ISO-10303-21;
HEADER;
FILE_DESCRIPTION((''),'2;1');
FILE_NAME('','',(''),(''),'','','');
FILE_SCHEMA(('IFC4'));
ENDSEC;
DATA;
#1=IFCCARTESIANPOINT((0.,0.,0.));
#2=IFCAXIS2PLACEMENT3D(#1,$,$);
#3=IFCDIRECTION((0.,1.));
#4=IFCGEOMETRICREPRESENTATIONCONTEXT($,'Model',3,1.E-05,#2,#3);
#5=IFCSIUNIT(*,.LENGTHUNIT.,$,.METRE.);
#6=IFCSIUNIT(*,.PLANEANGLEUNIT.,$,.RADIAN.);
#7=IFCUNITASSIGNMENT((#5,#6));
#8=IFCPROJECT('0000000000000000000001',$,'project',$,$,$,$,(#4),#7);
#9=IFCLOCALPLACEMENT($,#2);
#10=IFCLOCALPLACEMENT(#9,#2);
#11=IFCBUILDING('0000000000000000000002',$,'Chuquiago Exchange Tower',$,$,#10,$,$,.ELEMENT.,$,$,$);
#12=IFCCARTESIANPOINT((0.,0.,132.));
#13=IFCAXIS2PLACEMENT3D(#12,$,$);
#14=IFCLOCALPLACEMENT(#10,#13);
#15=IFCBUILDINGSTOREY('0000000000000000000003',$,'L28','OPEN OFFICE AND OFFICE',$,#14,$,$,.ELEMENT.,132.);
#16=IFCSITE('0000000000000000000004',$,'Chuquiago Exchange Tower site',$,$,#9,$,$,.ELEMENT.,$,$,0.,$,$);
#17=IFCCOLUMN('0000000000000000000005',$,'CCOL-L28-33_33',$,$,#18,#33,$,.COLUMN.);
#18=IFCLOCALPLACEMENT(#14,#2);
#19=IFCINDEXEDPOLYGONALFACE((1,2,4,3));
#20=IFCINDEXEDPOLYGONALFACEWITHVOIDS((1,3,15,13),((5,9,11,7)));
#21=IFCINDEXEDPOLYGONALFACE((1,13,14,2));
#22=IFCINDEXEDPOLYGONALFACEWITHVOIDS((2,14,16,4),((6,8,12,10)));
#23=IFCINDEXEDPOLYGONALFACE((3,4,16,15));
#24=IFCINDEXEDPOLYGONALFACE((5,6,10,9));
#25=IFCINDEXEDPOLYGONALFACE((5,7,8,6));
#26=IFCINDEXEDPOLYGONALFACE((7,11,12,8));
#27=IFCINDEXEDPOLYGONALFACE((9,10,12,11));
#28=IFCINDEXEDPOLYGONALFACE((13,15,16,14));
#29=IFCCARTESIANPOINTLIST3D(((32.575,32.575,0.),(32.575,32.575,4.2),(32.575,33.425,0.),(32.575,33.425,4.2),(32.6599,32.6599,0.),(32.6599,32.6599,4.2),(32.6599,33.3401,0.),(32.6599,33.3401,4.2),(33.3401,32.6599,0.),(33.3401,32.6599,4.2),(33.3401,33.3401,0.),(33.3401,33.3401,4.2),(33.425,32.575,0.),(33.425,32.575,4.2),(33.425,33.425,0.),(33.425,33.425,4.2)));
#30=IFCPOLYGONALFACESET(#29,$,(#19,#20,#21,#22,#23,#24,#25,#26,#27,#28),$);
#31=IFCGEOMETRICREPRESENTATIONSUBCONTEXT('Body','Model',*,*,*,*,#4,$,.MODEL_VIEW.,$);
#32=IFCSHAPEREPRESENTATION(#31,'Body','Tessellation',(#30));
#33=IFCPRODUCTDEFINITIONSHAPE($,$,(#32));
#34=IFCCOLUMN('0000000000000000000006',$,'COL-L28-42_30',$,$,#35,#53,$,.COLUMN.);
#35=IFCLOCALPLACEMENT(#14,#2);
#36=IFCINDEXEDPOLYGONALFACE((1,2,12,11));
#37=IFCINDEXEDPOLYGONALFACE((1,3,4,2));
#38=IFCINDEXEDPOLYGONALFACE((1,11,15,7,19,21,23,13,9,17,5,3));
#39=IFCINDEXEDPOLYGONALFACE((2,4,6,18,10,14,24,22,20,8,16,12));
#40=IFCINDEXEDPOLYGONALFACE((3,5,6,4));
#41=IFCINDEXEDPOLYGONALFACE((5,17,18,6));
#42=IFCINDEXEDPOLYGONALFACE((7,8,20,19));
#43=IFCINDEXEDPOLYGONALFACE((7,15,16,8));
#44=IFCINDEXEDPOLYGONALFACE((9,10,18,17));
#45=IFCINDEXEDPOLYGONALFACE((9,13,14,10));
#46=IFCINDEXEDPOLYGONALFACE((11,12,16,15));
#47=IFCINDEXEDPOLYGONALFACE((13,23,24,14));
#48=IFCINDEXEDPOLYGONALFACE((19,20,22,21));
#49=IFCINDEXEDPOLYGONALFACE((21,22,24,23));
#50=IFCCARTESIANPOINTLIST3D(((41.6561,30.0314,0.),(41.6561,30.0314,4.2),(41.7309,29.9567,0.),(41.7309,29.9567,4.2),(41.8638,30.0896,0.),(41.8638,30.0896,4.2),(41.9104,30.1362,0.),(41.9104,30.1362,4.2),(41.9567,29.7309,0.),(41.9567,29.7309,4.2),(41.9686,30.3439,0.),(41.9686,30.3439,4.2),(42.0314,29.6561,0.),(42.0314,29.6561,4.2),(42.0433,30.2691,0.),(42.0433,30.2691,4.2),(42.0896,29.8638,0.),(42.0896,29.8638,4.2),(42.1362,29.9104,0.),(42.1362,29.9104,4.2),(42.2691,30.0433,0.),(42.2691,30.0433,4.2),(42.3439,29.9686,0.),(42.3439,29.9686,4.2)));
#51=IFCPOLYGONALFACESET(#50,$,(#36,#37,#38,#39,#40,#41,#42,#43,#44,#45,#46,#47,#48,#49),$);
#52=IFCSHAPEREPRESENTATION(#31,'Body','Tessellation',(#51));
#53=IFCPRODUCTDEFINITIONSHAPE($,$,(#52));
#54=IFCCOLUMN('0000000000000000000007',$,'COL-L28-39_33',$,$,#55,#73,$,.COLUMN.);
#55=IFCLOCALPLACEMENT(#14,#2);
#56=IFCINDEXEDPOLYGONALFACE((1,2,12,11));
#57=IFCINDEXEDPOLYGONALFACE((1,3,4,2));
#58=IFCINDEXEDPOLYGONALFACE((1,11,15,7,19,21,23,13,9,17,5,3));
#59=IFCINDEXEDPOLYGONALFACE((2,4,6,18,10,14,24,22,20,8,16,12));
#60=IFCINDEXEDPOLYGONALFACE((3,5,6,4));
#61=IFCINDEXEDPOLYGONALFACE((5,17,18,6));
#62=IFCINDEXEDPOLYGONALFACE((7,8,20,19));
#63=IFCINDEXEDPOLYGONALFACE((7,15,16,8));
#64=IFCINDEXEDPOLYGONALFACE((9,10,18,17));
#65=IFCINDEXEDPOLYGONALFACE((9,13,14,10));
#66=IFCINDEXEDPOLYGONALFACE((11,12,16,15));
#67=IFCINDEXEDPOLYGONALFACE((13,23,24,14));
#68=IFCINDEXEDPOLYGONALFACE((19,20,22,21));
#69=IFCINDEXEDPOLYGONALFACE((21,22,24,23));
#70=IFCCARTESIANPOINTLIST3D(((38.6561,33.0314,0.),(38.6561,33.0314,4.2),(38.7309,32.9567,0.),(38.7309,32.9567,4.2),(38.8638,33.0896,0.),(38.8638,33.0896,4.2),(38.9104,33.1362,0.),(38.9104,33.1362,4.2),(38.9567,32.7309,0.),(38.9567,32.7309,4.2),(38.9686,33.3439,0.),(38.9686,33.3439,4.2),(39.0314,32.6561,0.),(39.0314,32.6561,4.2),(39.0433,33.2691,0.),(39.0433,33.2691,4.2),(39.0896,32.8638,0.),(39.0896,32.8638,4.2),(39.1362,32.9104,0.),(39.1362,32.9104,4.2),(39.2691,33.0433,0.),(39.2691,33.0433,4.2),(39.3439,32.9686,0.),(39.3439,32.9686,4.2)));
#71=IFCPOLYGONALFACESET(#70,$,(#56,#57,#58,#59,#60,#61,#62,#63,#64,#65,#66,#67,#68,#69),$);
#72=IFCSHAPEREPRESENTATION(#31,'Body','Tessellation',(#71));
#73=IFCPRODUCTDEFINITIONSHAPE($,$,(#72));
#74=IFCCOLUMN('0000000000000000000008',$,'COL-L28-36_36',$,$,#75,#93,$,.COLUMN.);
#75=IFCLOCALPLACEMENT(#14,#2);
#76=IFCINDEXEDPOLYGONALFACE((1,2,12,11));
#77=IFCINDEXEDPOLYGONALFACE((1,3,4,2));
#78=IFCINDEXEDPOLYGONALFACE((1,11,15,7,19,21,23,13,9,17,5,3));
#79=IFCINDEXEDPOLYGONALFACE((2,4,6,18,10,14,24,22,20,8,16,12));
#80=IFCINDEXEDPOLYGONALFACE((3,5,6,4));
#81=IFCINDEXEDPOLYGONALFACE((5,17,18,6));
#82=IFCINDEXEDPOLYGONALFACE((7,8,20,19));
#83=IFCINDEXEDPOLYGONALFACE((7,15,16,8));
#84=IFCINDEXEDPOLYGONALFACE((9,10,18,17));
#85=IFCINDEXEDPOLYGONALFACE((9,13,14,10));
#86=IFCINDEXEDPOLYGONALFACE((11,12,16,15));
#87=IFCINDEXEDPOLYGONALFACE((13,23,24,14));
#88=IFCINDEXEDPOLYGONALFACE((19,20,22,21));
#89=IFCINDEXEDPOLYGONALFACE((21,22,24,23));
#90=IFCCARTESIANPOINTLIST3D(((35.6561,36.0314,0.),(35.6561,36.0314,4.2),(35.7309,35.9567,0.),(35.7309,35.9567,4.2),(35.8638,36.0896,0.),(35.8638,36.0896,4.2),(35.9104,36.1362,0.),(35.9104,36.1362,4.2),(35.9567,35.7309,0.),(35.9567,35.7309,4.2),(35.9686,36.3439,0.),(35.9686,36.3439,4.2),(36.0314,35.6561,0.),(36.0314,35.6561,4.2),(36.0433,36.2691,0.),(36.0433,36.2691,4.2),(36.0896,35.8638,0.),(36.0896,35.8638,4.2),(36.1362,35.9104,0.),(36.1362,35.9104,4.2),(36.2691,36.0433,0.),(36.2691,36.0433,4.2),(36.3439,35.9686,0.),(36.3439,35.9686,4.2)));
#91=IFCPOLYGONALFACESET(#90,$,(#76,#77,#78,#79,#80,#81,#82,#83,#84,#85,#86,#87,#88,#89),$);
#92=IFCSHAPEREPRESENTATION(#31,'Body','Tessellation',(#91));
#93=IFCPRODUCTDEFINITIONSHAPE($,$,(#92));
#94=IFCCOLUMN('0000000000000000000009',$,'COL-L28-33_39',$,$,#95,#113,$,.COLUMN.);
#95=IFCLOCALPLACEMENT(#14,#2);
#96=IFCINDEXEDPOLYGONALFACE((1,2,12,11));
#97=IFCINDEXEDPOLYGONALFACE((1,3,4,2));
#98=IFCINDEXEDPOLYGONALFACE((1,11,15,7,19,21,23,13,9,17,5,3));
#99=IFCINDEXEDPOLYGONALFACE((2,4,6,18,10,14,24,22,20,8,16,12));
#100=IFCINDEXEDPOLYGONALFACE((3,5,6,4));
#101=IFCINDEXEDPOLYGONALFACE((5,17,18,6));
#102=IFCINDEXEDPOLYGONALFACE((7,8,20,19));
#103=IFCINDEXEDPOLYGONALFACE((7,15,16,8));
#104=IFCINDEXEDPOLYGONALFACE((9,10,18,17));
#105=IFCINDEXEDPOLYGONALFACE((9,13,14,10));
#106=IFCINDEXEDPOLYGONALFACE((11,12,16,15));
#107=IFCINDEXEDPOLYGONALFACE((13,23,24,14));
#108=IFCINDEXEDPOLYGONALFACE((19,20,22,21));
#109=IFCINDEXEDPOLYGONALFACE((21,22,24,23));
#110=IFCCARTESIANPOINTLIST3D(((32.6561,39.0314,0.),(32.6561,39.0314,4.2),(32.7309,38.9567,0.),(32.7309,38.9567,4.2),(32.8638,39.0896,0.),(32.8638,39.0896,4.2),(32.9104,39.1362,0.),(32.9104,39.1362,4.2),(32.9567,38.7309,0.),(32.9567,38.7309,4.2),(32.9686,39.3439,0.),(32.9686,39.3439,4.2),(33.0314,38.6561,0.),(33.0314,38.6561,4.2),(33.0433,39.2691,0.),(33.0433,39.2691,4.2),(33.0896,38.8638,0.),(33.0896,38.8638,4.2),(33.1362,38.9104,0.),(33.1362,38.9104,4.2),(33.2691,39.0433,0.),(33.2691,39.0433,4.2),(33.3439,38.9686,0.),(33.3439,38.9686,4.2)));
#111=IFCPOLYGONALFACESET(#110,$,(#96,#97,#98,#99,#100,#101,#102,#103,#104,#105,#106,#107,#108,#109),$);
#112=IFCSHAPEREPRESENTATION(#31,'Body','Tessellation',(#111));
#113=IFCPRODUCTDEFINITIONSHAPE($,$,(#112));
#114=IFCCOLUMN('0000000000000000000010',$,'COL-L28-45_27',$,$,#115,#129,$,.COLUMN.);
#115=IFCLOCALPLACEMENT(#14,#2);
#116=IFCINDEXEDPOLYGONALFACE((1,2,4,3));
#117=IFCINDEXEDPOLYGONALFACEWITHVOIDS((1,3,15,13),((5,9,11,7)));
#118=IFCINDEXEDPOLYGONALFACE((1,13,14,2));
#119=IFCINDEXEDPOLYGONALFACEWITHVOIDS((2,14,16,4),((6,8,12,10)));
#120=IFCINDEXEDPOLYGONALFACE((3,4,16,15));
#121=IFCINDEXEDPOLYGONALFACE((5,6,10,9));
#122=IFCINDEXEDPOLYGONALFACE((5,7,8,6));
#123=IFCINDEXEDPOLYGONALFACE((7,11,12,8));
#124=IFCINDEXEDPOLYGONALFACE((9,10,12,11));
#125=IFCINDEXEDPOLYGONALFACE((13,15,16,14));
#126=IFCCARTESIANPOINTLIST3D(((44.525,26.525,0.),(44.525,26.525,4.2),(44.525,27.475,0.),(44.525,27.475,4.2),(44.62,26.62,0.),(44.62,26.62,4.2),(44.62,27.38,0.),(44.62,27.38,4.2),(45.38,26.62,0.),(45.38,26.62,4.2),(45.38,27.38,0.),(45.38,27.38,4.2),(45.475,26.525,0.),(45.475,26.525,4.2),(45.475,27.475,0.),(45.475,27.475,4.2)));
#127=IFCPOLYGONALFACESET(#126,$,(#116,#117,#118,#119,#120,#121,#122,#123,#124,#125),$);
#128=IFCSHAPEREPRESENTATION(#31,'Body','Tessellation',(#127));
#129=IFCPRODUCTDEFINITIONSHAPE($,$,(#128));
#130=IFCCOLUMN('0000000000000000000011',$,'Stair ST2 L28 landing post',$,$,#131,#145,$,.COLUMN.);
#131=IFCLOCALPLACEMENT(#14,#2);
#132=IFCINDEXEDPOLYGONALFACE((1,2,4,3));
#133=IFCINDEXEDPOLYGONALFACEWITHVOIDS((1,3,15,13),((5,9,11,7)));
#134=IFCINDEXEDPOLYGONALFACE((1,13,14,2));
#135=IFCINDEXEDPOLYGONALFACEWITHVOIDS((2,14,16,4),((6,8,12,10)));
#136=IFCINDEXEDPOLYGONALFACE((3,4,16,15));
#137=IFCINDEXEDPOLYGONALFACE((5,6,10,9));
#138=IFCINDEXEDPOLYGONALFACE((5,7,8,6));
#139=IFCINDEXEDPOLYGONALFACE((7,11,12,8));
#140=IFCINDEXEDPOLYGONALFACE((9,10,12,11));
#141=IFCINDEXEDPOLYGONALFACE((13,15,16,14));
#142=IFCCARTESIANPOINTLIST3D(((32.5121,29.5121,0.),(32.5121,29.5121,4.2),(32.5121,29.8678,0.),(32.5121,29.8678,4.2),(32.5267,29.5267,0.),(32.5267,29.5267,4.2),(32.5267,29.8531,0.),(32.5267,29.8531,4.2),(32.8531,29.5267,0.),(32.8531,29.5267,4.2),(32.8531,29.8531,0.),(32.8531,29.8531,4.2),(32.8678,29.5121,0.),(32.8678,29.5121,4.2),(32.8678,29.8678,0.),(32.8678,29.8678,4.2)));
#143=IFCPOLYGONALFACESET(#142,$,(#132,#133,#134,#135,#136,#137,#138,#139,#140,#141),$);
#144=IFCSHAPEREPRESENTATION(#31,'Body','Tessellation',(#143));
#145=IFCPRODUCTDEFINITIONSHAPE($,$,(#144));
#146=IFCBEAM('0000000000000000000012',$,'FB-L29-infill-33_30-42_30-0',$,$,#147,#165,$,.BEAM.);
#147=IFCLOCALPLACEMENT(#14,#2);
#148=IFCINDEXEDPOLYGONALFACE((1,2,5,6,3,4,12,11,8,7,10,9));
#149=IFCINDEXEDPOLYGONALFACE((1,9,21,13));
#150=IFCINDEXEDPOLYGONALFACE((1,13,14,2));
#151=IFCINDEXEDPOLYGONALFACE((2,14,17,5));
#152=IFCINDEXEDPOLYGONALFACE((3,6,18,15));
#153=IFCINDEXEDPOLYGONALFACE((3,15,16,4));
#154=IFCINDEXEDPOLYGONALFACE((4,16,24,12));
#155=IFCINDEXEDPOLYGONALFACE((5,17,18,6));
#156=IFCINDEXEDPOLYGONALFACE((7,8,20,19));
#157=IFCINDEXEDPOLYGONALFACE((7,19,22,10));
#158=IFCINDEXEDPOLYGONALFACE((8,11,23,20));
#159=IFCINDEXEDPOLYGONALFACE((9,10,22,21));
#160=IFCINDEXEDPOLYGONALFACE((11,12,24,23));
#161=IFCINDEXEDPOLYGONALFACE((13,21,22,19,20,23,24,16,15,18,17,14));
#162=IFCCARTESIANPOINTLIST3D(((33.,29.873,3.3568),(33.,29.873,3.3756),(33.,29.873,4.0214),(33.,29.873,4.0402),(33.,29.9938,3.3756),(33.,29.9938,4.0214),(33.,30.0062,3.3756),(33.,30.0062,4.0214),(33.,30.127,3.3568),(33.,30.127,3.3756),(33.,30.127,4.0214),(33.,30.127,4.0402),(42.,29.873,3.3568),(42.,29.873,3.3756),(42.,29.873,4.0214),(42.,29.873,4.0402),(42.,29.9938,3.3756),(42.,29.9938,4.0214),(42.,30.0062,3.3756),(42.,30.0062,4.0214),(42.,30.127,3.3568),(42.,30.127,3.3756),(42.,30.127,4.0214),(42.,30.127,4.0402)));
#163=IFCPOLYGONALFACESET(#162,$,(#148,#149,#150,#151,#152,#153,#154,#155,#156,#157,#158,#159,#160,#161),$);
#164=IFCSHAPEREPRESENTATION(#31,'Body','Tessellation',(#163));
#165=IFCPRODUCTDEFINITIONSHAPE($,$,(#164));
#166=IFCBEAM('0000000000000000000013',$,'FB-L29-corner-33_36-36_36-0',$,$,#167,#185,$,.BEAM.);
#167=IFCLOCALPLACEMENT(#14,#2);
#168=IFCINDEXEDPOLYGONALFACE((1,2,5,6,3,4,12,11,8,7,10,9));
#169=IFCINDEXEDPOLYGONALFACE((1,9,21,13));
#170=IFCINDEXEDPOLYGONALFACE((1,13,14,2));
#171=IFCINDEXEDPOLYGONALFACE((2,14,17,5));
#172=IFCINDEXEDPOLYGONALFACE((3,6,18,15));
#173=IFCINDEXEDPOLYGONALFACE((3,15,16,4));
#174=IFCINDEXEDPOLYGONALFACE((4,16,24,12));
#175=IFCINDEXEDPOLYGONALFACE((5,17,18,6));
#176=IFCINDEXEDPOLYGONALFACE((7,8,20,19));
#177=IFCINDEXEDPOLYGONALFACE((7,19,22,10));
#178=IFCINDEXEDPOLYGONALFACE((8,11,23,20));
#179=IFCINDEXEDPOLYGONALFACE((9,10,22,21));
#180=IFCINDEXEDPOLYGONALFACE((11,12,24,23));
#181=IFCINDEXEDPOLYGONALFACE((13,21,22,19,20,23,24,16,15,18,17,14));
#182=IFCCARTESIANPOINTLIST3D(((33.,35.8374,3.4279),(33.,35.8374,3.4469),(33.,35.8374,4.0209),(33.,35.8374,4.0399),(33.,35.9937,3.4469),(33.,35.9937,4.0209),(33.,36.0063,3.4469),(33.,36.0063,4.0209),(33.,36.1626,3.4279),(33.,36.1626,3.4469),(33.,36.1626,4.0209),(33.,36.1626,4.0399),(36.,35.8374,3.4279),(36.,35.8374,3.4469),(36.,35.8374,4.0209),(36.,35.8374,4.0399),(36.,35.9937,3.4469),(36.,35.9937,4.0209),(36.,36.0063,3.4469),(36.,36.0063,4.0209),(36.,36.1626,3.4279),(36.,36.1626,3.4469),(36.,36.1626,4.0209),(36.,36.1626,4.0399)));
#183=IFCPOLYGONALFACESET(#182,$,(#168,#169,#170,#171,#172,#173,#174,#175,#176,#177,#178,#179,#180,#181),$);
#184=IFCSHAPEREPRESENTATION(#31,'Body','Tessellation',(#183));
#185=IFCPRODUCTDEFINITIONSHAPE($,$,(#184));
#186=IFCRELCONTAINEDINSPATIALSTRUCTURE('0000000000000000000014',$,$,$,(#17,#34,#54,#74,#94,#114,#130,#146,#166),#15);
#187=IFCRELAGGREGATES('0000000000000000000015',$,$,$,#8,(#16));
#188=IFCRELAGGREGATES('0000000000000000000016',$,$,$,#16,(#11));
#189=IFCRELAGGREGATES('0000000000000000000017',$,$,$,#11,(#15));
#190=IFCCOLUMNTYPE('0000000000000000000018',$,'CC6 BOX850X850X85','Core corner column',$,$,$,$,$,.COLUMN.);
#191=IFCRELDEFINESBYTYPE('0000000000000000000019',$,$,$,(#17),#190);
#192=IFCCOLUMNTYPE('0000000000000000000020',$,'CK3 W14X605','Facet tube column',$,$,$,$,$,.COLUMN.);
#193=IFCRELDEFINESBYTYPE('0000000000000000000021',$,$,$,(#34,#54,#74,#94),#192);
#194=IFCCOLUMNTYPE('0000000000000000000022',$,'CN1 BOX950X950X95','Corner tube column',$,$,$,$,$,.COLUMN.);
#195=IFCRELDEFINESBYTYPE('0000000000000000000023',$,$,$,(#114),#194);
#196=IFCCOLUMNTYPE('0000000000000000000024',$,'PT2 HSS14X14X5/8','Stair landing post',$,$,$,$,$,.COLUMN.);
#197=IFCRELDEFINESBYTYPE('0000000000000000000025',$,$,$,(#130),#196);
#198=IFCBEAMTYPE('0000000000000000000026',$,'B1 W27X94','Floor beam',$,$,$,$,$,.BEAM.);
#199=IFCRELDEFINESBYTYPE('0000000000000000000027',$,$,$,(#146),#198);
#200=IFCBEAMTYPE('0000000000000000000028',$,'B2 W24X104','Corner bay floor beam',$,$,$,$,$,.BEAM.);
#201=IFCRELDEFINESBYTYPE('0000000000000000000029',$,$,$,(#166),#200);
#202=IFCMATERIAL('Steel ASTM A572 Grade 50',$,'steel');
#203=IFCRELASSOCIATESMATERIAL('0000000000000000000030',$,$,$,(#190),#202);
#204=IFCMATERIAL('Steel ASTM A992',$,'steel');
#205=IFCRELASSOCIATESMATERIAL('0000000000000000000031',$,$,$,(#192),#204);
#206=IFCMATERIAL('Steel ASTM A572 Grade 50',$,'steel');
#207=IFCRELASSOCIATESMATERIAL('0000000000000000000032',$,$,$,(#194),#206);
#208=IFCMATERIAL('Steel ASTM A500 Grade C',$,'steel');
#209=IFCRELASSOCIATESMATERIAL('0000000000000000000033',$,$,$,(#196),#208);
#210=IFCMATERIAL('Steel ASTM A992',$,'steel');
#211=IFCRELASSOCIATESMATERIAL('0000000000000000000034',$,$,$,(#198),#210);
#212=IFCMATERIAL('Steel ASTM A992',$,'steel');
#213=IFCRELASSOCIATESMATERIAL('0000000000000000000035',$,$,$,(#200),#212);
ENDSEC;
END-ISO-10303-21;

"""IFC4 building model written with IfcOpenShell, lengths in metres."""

from ifc_helpers import new_model, si_unit, direction, frame, origin, origin_2d, place, context, subcontext, project, spatial, hollow_rectangle, i_section, extrude, material, material_profile, profile_set, type_object, element, save


model = new_model("IFC4")

# Units and contexts
model_context = context("Model", 3, precision=1e-05, world=origin(), true_north=direction((0.0, 1.0)))
body_context = subcontext(model_context, "Body", "Model", "MODEL_VIEW")
ifc_project = project(units=[si_unit("LENGTHUNIT", "METRE"), si_unit("PLANEANGLEUNIT", "RADIAN")], contexts=[model_context])

# Site, building, storey
site_placement = place(None, origin())
site = spatial("IfcSite", under=ifc_project, at=site_placement, Name="Chuquiago Exchange Tower site", CompositionType="ELEMENT", RefElevation=0.0)
building_placement = place(site_placement, origin())
building = spatial("IfcBuilding", under=site, at=building_placement, Name="Chuquiago Exchange Tower", CompositionType="ELEMENT")
storey_placement = place(building_placement, frame((0.0, 0.0, 132.0)))
storey = spatial("IfcBuildingStorey", under=building, at=storey_placement, Name="L28", Description="OPEN OFFICE AND OFFICE", CompositionType="ELEMENT", Elevation=132.0)

# Columns
ifc_material_1 = material(Name="Steel ASTM A572 Grade 50", Category="steel")
ifc_material_profile_1 = material_profile(ifc_material_1, hollow_rectangle(XDim=0.8501, YDim=0.8501, WallThickness=0.085, at=origin_2d()), Name="BOX850X850X85")
ifc_profile_set_1 = profile_set([ifc_material_profile_1], Name="Steel ASTM A572 Grade 50")
column_type_1 = type_object("IfcColumnType", Name="CC6 BOX850X850X85", Description="Core corner column", PredefinedType="COLUMN", material=ifc_profile_set_1)
column_1_placement = place(storey_placement, frame((33.0, 33.0, 0.0), z_axis=(0.0, 0.0, 1.0), x_axis=(1.0, 0.0, 0.0)))
element("IfcColumn", 1, at=column_1_placement, inside=storey, type_object=column_type_1, Name="CCOL-L28-33_33", PredefinedType="COLUMN", context=body_context, shape_type="SweptSolid", body=[
    extrude(hollow_rectangle(XDim=0.8501, YDim=0.8501, WallThickness=0.085, at=origin_2d()), origin(), (0.0, 0.0, 1.0), 4.2),
])
ifc_material_2 = material(Name="Steel ASTM A992", Category="steel")
ifc_material_profile_2 = material_profile(ifc_material_2, i_section(OverallWidth=0.4419, OverallDepth=0.5308, WebThickness=0.0659, FlangeThickness=0.1057, at=origin_2d()), Name="W14X605")
ifc_profile_set_2 = profile_set([ifc_material_profile_2], Name="Steel ASTM A992")
column_type_2 = type_object("IfcColumnType", Name="CK3 W14X605", Description="Facet tube column", PredefinedType="COLUMN", material=ifc_profile_set_2)
for number, where, z_axis, x_axis, name in (
    (2, (42.0, 30.0, 0.0), (0.0, 0.0, 1.0), (0.707107, 0.707107, 0.0), "COL-L28-42_30"),
    (3, (39.0, 33.0, 0.0), (0.0, 0.0, 1.0), (0.707107, 0.707107, 0.0), "COL-L28-39_33"),
    (4, (36.0, 36.0, 0.0), (0.0, 0.0, 1.0), (0.707107, 0.707107, 0.0), "COL-L28-36_36"),
    (5, (33.0, 39.0, 0.0), (0.0, 0.0, 1.0), (0.707107, 0.707107, 0.0), "COL-L28-33_39"),
):
    element("IfcColumn", number, at=place(storey_placement, frame(where, z_axis=z_axis, x_axis=x_axis)), inside=storey, type_object=column_type_2, Name=name, PredefinedType="COLUMN", context=body_context, shape_type="SweptSolid", body=[
        extrude(i_section(OverallWidth=0.4419, OverallDepth=0.5308, WebThickness=0.0659, FlangeThickness=0.1057, at=origin_2d()), origin(), (0.0, 0.0, 1.0), 4.2),
    ])
ifc_material_3 = material(Name="Steel ASTM A572 Grade 50", Category="steel")
ifc_material_profile_3 = material_profile(ifc_material_3, hollow_rectangle(XDim=0.95, YDim=0.95, WallThickness=0.095, at=origin_2d()), Name="BOX950X950X95")
ifc_profile_set_3 = profile_set([ifc_material_profile_3], Name="Steel ASTM A572 Grade 50")
column_type_3 = type_object("IfcColumnType", Name="CN1 BOX950X950X95", Description="Corner tube column", PredefinedType="COLUMN", material=ifc_profile_set_3)
column_2_placement = place(storey_placement, frame((45.0, 27.0, 0.0), z_axis=(0.0, 0.0, 1.0), x_axis=(1.0, 0.0, 0.0)))
element("IfcColumn", 6, at=column_2_placement, inside=storey, type_object=column_type_3, Name="COL-L28-45_27", PredefinedType="COLUMN", context=body_context, shape_type="SweptSolid", body=[
    extrude(hollow_rectangle(XDim=0.95, YDim=0.95, WallThickness=0.095, at=origin_2d()), origin(), (0.0, 0.0, 1.0), 4.2),
])
ifc_material_4 = material(Name="Steel ASTM A500 Grade C", Category="steel")
ifc_material_profile_4 = material_profile(ifc_material_4, hollow_rectangle(XDim=0.3557, YDim=0.3557, WallThickness=0.0146, at=origin_2d()), Name="HSS14X14X5/8")
ifc_profile_set_4 = profile_set([ifc_material_profile_4], Name="Steel ASTM A500 Grade C")
column_type_4 = type_object("IfcColumnType", Name="PT2 HSS14X14X5/8", Description="Stair landing post", PredefinedType="COLUMN", material=ifc_profile_set_4)
column_3_placement = place(storey_placement, frame((32.6899, 29.6899, 0.0), z_axis=(0.0, 0.0, 1.0), x_axis=(1.0, 0.0, 0.0)))
element("IfcColumn", 7, at=column_3_placement, inside=storey, type_object=column_type_4, Name="Stair ST2 L28 landing post", PredefinedType="COLUMN", context=body_context, shape_type="SweptSolid", body=[
    extrude(hollow_rectangle(XDim=0.3557, YDim=0.3557, WallThickness=0.0146, at=origin_2d()), origin(), (0.0, 0.0, 1.0), 4.2),
])

# Beams
ifc_material_5 = material(Name="Steel ASTM A992", Category="steel")
ifc_material_profile_5 = material_profile(ifc_material_5, i_section(OverallWidth=0.2539, OverallDepth=0.6833, WebThickness=0.0125, FlangeThickness=0.0188, at=origin_2d()), Name="W27X94")
ifc_profile_set_5 = profile_set([ifc_material_profile_5], Name="Steel ASTM A992")
beam_type_1 = type_object("IfcBeamType", Name="B1 W27X94", Description="Floor beam", PredefinedType="BEAM", material=ifc_profile_set_5)
beam_1_placement = place(storey_placement, frame((33.0, 30.0, 3.6985), z_axis=(1.0, 0.0, 0.0), x_axis=(0.0, 1.0, 0.0)))
element("IfcBeam", 8, at=beam_1_placement, inside=storey, type_object=beam_type_1, Name="FB-L29-infill-33_30-42_30-0", PredefinedType="BEAM", context=body_context, shape_type="SweptSolid", body=[
    extrude(i_section(OverallWidth=0.2539, OverallDepth=0.6833, WebThickness=0.0125, FlangeThickness=0.0188, at=origin_2d()), origin(), (0.0, 0.0, 1.0), 9.0),
])
ifc_material_6 = material(Name="Steel ASTM A992", Category="steel")
ifc_material_profile_6 = material_profile(ifc_material_6, i_section(OverallWidth=0.3252, OverallDepth=0.6121, WebThickness=0.0127, FlangeThickness=0.019, at=origin_2d()), Name="W24X104")
ifc_profile_set_6 = profile_set([ifc_material_profile_6], Name="Steel ASTM A992")
beam_type_2 = type_object("IfcBeamType", Name="B2 W24X104", Description="Corner bay floor beam", PredefinedType="BEAM", material=ifc_profile_set_6)
beam_2_placement = place(storey_placement, frame((33.0, 36.0, 3.7339), z_axis=(1.0, 0.0, 0.0), x_axis=(0.0, 1.0, 0.0)))
element("IfcBeam", 9, at=beam_2_placement, inside=storey, type_object=beam_type_2, Name="FB-L29-corner-33_36-36_36-0", PredefinedType="BEAM", context=body_context, shape_type="SweptSolid", body=[
    extrude(i_section(OverallWidth=0.3252, OverallDepth=0.6121, WebThickness=0.0127, FlangeThickness=0.019, at=origin_2d()), origin(), (0.0, 0.0, 1.0), 3.0),
])

save(model, "model.ifc")
